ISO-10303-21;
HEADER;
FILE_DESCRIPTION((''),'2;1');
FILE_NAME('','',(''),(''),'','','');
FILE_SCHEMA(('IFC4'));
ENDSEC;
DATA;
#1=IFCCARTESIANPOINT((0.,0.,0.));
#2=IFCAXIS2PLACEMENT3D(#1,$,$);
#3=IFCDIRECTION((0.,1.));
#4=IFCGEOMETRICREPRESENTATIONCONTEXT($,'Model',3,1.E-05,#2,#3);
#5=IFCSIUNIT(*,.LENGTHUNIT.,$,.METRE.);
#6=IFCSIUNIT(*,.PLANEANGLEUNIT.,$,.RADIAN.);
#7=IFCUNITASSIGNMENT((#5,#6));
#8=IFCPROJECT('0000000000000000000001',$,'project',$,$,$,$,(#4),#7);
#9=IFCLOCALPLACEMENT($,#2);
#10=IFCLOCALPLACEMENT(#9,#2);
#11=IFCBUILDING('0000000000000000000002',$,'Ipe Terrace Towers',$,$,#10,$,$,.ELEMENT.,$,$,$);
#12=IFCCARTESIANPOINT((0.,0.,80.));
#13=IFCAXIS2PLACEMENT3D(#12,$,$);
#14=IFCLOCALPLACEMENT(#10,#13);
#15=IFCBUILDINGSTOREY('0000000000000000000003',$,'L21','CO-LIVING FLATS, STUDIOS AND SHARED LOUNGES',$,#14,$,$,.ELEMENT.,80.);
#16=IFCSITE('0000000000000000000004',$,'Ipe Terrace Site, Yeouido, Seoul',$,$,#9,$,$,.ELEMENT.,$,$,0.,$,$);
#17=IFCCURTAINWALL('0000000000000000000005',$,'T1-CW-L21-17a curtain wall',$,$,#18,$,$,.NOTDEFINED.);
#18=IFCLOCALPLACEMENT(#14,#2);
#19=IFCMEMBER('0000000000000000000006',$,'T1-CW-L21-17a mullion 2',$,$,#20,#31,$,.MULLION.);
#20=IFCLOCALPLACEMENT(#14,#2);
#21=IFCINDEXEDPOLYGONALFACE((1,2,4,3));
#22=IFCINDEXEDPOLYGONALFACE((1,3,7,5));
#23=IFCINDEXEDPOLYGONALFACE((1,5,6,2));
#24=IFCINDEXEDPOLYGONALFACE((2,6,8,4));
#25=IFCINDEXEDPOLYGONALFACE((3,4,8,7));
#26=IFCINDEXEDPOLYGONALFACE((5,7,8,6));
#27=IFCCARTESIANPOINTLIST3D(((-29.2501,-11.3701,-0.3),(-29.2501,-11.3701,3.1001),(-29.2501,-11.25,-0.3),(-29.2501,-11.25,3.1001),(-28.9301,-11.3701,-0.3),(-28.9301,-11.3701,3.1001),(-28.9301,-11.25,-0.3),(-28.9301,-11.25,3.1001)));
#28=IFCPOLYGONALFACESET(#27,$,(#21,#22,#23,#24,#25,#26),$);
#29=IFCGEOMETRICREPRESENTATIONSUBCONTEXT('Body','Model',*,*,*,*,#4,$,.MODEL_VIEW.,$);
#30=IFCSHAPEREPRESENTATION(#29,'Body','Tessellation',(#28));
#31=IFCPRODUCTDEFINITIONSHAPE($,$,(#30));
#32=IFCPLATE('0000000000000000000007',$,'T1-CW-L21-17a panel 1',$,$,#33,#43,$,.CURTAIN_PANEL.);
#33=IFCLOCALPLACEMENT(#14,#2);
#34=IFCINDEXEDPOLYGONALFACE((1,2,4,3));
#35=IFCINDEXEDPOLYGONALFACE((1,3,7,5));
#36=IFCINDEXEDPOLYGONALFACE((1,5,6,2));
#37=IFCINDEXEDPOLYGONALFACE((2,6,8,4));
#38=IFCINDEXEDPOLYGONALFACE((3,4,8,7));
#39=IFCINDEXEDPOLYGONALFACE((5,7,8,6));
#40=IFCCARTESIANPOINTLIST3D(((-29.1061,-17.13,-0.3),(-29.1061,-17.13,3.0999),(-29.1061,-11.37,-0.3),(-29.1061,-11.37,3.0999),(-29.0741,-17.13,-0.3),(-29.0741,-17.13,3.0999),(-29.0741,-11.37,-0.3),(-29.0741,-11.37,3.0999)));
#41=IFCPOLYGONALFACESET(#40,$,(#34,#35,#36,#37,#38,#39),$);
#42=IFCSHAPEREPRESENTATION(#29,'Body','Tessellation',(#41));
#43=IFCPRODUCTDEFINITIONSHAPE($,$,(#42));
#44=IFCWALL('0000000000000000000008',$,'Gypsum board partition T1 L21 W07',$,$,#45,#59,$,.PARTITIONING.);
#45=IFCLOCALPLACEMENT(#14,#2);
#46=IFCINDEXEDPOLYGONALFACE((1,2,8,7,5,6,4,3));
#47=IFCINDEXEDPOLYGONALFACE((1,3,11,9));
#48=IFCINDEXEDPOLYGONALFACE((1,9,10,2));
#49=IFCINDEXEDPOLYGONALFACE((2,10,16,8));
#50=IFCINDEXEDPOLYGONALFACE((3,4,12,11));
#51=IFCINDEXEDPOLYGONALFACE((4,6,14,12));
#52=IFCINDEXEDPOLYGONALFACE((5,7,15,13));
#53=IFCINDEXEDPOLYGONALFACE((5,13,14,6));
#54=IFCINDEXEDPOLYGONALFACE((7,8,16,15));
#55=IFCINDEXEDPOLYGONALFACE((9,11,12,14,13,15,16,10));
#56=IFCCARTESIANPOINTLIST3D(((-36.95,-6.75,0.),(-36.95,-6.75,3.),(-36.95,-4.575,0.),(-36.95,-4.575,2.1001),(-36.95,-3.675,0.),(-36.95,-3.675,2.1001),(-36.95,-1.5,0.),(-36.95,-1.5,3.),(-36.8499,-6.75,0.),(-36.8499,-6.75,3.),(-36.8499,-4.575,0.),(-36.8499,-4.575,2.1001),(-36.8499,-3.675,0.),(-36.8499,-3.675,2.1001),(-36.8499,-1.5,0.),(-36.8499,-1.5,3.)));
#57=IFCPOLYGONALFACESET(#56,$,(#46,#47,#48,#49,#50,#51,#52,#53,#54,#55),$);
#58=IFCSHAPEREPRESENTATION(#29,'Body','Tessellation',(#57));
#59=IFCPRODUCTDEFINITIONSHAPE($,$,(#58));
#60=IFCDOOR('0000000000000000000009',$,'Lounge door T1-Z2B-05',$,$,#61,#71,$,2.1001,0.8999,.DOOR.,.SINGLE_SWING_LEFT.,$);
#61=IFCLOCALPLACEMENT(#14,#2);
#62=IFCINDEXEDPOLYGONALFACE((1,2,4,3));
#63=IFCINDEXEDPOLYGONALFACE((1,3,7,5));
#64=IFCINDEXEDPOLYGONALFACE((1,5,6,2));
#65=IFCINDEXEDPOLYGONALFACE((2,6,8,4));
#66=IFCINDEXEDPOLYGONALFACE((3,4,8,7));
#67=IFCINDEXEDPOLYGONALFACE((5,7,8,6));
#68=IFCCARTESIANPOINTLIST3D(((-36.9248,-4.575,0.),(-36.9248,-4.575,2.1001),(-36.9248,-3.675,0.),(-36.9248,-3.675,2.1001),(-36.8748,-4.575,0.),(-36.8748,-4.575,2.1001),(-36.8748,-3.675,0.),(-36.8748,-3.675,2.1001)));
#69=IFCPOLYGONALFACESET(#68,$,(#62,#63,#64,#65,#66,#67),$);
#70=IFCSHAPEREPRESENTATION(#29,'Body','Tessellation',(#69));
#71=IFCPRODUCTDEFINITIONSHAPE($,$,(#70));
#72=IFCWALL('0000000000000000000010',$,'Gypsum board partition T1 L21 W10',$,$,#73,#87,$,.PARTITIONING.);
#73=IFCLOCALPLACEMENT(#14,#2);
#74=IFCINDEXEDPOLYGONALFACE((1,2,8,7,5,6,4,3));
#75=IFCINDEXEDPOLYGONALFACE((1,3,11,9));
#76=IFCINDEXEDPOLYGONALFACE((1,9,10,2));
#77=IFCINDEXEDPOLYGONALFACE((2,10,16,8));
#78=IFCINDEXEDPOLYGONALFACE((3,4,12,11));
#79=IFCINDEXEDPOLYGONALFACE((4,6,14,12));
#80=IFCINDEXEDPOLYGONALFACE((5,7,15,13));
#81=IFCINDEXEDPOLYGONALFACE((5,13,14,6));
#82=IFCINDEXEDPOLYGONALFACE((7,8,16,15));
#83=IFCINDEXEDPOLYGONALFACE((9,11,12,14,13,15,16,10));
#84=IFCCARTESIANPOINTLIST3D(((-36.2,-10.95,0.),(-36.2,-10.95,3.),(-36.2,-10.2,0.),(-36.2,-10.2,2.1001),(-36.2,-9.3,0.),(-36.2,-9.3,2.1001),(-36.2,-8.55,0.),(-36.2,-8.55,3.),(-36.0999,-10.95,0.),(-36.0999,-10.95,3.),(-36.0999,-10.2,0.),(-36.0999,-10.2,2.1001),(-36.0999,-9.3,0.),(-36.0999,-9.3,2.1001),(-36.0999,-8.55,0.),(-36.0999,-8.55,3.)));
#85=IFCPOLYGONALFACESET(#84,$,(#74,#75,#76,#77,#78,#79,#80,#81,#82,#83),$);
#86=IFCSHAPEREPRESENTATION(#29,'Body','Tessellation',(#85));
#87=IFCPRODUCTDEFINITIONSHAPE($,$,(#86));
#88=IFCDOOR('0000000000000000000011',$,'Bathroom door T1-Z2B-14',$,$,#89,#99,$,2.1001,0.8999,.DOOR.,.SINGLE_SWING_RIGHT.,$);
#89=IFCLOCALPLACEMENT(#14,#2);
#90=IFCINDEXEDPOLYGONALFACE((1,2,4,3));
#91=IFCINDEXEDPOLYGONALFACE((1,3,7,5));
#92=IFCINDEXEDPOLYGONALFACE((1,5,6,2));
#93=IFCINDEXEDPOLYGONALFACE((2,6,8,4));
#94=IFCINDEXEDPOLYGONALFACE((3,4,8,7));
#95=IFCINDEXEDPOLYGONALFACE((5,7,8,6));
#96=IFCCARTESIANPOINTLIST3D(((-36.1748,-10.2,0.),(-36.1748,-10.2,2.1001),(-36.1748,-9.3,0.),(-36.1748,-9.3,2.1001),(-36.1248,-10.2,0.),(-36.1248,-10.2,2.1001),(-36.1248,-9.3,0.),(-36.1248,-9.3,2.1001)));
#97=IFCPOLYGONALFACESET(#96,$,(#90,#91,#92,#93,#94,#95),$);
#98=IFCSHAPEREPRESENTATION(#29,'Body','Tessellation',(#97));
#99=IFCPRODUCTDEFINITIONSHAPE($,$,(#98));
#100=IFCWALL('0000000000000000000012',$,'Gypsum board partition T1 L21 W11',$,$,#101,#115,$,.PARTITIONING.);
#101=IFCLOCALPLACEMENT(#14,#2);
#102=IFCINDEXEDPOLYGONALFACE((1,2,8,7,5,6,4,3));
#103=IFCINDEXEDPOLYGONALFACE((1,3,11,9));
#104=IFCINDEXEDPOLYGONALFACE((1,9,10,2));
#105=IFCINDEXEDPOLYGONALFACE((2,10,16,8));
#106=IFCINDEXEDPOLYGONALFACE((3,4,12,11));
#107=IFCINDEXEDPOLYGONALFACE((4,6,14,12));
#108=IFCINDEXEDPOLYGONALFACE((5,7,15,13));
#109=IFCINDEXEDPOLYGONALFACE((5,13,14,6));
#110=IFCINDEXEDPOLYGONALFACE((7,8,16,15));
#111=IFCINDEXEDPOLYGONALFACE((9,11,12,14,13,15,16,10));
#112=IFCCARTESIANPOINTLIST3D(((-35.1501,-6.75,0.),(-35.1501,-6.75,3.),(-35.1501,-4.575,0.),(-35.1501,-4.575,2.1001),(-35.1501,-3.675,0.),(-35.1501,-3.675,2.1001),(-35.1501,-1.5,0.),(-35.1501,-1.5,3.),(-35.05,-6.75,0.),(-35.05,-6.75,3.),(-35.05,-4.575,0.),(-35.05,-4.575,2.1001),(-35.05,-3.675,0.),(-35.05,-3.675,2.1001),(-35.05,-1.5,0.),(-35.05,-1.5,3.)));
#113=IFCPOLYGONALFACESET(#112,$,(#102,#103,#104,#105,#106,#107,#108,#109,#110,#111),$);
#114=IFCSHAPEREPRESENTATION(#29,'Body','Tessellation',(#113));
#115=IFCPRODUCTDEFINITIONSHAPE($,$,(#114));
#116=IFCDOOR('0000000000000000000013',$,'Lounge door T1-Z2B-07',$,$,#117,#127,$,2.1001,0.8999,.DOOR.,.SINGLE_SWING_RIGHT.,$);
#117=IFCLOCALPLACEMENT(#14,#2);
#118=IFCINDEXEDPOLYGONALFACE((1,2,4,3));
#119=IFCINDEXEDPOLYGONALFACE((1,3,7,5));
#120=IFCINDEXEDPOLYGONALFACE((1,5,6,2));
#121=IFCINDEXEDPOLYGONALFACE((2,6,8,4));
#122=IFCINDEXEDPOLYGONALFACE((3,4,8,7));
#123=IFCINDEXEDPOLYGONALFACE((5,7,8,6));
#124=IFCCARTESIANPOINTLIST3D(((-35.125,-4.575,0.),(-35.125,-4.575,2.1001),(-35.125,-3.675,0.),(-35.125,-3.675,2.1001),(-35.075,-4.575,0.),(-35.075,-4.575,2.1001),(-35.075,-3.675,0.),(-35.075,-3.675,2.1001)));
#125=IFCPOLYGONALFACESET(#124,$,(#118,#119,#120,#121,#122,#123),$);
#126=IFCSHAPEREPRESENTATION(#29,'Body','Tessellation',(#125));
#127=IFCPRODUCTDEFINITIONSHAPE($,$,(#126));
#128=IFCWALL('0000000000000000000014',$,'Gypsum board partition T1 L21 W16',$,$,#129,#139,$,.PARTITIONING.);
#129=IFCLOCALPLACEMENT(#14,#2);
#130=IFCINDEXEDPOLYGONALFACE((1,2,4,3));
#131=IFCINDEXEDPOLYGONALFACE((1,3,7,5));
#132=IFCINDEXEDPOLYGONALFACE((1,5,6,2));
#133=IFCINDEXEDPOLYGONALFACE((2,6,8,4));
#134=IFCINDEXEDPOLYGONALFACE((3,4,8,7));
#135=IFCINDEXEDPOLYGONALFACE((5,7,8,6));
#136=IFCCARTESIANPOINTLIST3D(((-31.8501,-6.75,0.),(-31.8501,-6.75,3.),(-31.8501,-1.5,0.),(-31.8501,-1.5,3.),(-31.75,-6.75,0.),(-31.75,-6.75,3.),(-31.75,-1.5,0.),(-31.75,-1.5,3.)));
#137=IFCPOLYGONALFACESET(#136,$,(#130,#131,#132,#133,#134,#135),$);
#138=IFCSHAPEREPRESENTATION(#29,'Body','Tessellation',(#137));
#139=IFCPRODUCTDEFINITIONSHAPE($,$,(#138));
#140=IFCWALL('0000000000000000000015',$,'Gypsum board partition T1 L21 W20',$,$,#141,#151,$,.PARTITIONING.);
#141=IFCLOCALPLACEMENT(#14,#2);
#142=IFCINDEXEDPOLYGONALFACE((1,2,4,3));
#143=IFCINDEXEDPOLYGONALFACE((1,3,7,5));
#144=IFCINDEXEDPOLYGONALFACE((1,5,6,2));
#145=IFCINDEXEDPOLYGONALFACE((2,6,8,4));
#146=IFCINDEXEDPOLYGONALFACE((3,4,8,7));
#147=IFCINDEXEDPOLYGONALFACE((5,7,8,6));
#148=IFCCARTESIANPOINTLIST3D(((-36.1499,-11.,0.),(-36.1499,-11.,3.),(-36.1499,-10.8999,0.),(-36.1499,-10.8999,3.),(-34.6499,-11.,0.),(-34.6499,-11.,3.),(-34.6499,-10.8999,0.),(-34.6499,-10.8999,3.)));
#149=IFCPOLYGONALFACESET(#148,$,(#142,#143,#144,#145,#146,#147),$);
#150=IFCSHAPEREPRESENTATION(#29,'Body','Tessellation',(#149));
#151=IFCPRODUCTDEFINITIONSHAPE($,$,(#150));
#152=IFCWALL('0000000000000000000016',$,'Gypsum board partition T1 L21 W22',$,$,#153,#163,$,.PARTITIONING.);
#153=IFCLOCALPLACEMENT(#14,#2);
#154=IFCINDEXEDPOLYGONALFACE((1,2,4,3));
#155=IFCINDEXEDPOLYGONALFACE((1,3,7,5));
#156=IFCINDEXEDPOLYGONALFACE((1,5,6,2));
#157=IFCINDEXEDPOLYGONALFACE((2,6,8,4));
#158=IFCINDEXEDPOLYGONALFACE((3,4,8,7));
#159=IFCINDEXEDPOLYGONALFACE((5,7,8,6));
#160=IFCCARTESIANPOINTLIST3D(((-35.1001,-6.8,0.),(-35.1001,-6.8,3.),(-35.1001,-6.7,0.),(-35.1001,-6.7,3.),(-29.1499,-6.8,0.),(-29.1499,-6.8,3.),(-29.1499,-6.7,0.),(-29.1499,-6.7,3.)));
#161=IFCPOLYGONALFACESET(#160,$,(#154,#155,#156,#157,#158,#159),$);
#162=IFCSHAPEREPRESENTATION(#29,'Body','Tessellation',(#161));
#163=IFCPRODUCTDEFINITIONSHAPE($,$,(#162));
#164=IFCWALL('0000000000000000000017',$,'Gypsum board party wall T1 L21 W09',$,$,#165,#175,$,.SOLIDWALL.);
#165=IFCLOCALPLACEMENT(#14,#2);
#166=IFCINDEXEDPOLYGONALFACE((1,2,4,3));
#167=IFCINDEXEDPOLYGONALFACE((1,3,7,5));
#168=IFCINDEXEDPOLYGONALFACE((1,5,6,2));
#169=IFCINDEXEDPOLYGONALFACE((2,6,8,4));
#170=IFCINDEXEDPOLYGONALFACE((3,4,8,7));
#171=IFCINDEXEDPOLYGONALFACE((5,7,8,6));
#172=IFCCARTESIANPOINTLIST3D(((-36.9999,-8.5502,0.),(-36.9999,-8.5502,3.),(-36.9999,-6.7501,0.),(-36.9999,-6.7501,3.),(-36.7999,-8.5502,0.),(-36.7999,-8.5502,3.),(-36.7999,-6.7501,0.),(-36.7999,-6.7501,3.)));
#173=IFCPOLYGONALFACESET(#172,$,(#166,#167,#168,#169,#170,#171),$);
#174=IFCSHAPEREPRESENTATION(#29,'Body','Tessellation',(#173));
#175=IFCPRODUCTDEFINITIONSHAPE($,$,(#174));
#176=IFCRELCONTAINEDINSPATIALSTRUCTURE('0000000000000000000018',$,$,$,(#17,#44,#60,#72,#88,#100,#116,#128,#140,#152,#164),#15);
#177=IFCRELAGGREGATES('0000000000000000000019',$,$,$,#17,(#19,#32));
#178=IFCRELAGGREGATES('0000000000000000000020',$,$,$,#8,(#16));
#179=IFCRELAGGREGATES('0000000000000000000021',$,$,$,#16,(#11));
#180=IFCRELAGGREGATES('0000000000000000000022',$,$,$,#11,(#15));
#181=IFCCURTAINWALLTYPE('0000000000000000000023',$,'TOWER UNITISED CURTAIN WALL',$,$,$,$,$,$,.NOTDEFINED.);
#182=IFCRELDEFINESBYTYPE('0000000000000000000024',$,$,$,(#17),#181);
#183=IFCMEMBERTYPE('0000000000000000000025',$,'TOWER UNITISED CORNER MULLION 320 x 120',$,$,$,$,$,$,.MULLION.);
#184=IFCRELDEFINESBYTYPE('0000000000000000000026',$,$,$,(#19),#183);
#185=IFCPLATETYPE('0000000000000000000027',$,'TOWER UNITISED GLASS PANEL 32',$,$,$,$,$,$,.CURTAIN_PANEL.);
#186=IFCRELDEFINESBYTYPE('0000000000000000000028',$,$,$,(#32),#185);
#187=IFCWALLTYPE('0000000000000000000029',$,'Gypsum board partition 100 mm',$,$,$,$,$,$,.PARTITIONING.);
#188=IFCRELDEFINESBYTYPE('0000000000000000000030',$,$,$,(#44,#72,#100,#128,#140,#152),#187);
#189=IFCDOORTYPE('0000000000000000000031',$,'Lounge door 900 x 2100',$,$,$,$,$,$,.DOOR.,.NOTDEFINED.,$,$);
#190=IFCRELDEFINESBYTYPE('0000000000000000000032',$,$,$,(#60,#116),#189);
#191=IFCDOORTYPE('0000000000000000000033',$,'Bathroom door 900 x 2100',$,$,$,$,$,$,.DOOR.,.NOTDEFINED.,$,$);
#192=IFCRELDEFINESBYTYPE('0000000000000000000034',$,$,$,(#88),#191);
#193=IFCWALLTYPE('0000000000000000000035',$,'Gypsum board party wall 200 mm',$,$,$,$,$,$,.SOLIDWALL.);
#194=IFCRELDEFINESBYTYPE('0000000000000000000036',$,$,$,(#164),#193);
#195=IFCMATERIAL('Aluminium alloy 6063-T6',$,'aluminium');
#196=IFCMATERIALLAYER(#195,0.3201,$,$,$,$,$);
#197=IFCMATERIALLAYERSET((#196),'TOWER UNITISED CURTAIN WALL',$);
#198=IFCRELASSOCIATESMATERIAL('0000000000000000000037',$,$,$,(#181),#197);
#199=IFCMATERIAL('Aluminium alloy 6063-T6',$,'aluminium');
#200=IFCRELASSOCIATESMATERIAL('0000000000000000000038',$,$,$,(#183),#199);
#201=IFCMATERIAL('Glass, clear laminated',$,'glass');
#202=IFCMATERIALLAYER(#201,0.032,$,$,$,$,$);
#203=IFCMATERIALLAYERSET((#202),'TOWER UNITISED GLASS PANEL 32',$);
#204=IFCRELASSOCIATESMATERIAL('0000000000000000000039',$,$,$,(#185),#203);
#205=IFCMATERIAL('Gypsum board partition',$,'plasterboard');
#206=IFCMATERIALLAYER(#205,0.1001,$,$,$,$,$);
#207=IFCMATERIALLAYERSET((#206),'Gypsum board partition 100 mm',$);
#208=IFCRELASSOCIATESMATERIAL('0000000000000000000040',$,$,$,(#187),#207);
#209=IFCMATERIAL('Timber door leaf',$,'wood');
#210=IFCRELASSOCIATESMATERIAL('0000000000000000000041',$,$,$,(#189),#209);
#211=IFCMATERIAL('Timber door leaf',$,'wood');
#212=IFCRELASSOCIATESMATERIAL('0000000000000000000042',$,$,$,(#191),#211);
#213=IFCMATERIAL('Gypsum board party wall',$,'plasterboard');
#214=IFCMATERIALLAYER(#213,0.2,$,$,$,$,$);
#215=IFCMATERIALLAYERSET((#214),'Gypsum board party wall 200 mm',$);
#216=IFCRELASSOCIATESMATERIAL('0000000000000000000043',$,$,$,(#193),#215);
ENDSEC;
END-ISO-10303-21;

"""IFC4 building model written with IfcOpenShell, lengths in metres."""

from ifc_helpers import new_model, si_unit, direction, frame, frame_2d, origin, origin_2d, place, context, subcontext, project, spatial, rectangle, extrude, material, layer, layer_set, material_profile, profile_set, type_object, element, fill, aggregate, save


model = new_model("IFC4")

# Units and contexts
model_context = context("Model", 3, precision=1e-05, world=origin(), true_north=direction((0.0, 1.0)))
body_context = subcontext(model_context, "Body", "Model", "MODEL_VIEW")
ifc_project = project(units=[si_unit("LENGTHUNIT", "METRE"), si_unit("PLANEANGLEUNIT", "RADIAN")], contexts=[model_context])

# Site, building, storey
site_placement = place(None, origin())
site = spatial("IfcSite", under=ifc_project, at=site_placement, Name="Ipe Terrace Site, Yeouido, Seoul", CompositionType="ELEMENT", RefElevation=0.0)
building_placement = place(site_placement, origin())
building = spatial("IfcBuilding", under=site, at=building_placement, Name="Ipe Terrace Towers", CompositionType="ELEMENT")
storey_placement = place(building_placement, frame((0.0, 0.0, 80.0)))
storey = spatial("IfcBuildingStorey", under=building, at=storey_placement, Name="L21", Description="CO-LIVING FLATS, STUDIOS AND SHARED LOUNGES", CompositionType="ELEMENT", Elevation=80.0)

# Curtain wall, member, plate
ifc_material_1 = material(Name="Aluminium alloy 6063-T6", Category="aluminium")
ifc_layer_1 = layer(ifc_material_1, 0.3201)
ifc_layer_set_1 = layer_set([ifc_layer_1], Name="TOWER UNITISED CURTAIN WALL")
curtain_wall_type = type_object("IfcCurtainWallType", Name="TOWER UNITISED CURTAIN WALL", PredefinedType="NOTDEFINED", material=ifc_layer_set_1)
curtain_wall_placement = place(storey_placement, origin())
curtain_wall = element("IfcCurtainWall", 1, at=curtain_wall_placement, inside=storey, type_object=curtain_wall_type, Name="T1-CW-L21-17a curtain wall", PredefinedType="NOTDEFINED")
ifc_material_2 = material(Name="Aluminium alloy 6063-T6", Category="aluminium")
ifc_material_profile_1 = material_profile(ifc_material_2, rectangle(XDim=0.3201, YDim=0.1201, at=origin_2d()), Name="TOWER UNITISED CORNER MULLION 320 x 120")
ifc_profile_set_1 = profile_set([ifc_material_profile_1], Name="Aluminium alloy 6063-T6")
member_type = type_object("IfcMemberType", Name="TOWER UNITISED CORNER MULLION 320 x 120", PredefinedType="MULLION", material=ifc_profile_set_1)
member_placement = place(storey_placement, frame((-29.0901, -11.3101, -0.3), z_axis=(0.0, 0.0, 1.0), x_axis=(1.0, 0.0, 0.0)))
member = element("IfcMember", 2, at=member_placement, type_object=member_type, Name="T1-CW-L21-17a mullion 2", PredefinedType="MULLION", context=body_context, shape_type="SweptSolid", body=[
    extrude(rectangle(XDim=0.3201, YDim=0.1201, at=origin_2d()), origin(), (0.0, 0.0, 1.0), 3.4001),
])
ifc_material_3 = material(Name="Glass, clear laminated", Category="glass")
ifc_layer_2 = layer(ifc_material_3, 0.032)
ifc_layer_set_2 = layer_set([ifc_layer_2], Name="TOWER UNITISED GLASS PANEL 32")
plate_type = type_object("IfcPlateType", Name="TOWER UNITISED GLASS PANEL 32", PredefinedType="CURTAIN_PANEL", material=ifc_layer_set_2)
plate_placement = place(storey_placement, frame((-29.0901, -14.25, -0.3), z_axis=(0.0, 0.0, 1.0), x_axis=(0.0, 1.0, 0.0)))
plate = element("IfcPlate", 3, at=plate_placement, type_object=plate_type, Name="T1-CW-L21-17a panel 1", PredefinedType="CURTAIN_PANEL", context=body_context, shape_type="SweptSolid", body=[
    extrude(rectangle(XDim=5.76, YDim=0.032, at=origin_2d()), origin(), (0.0, 0.0, 1.0), 3.3999),
])
aggregate(curtain_wall, [member, plate])

# Walls, openings, doors
ifc_material_4 = material(Name="Gypsum board partition", Category="plasterboard")
ifc_layer_3 = layer(ifc_material_4, 0.1001)
ifc_layer_set_3 = layer_set([ifc_layer_3], Name="Gypsum board partition 100 mm")
wall_type_1 = type_object("IfcWallType", Name="Gypsum board partition 100 mm", PredefinedType="PARTITIONING", material=ifc_layer_set_3)
wall_1_placement = place(storey_placement, frame((-36.8999, -6.75, 0.0), z_axis=(0.0, 0.0, 1.0), x_axis=(0.0, 1.0, 0.0)))
wall_1 = element("IfcWall", 4, at=wall_1_placement, inside=storey, type_object=wall_type_1, Name="Gypsum board partition T1 L21 W07", PredefinedType="PARTITIONING", context=body_context, shape_type="SweptSolid", body=[
    extrude(rectangle(XDim=5.25, YDim=0.1001, at=frame_2d((2.625, 0.0))), origin(), (0.0, 0.0, 1.0), 3.0),
])
opening_1_placement = place(wall_1_placement, frame((2.175, 0.0, 0.0)))
opening_1 = element("IfcOpeningElement", 5, at=opening_1_placement, cuts=wall_1, PredefinedType="OPENING", context=body_context, shape_type="SweptSolid", body=[
    extrude(rectangle(XDim=0.8999, YDim=2.1001, at=frame_2d((0.45, 1.05))), frame((0.0, 0.0601, 0.0), z_axis=(0.0, -1.0, 0.0), x_axis=(1.0, 0.0, 0.0)), (0.0, 0.0, 1.0), 0.1201),
])
ifc_material_5 = material(Name="Timber door leaf", Category="wood")
door_type_1 = type_object("IfcDoorType", Name="Lounge door 900 x 2100", OperationType="NOTDEFINED", PredefinedType="DOOR", material=ifc_material_5)
door_1_placement = place(opening_1_placement, origin())
door_1 = element("IfcDoor", 6, at=door_1_placement, inside=storey, type_object=door_type_1, Name="Lounge door T1-Z2B-05", OperationType="SINGLE_SWING_LEFT", OverallHeight=2.1001, OverallWidth=0.8999, PredefinedType="DOOR", context=body_context, shape_type="SweptSolid", body=[
    extrude(rectangle(XDim=0.8999, YDim=2.1001, at=frame_2d((0.45, 1.05))), frame((0.0, 0.0249, 0.0), z_axis=(0.0, -1.0, 0.0), x_axis=(1.0, 0.0, 0.0)), (0.0, 0.0, 1.0), 0.05),
])
fill(opening_1, door_1)
wall_2_placement = place(storey_placement, frame((-36.1499, -10.95, 0.0), z_axis=(0.0, 0.0, 1.0), x_axis=(0.0, 1.0, 0.0)))
wall_2 = element("IfcWall", 7, at=wall_2_placement, inside=storey, type_object=wall_type_1, Name="Gypsum board partition T1 L21 W10", PredefinedType="PARTITIONING", context=body_context, shape_type="SweptSolid", body=[
    extrude(rectangle(XDim=2.3999, YDim=0.1001, at=frame_2d((1.2, 0.0))), origin(), (0.0, 0.0, 1.0), 3.0),
])
opening_2_placement = place(wall_2_placement, frame((0.75, 0.0, 0.0)))
opening_2 = element("IfcOpeningElement", 8, at=opening_2_placement, cuts=wall_2, PredefinedType="OPENING", context=body_context, shape_type="SweptSolid", body=[
    extrude(rectangle(XDim=0.8999, YDim=2.1001, at=frame_2d((0.45, 1.05))), frame((0.0, 0.0601, 0.0), z_axis=(0.0, -1.0, 0.0), x_axis=(1.0, 0.0, 0.0)), (0.0, 0.0, 1.0), 0.1201),
])
ifc_material_6 = material(Name="Timber door leaf", Category="wood")
door_type_2 = type_object("IfcDoorType", Name="Bathroom door 900 x 2100", OperationType="NOTDEFINED", PredefinedType="DOOR", material=ifc_material_6)
door_2_placement = place(opening_2_placement, origin())
door_2 = element("IfcDoor", 9, at=door_2_placement, inside=storey, type_object=door_type_2, Name="Bathroom door T1-Z2B-14", OperationType="SINGLE_SWING_RIGHT", OverallHeight=2.1001, OverallWidth=0.8999, PredefinedType="DOOR", context=body_context, shape_type="SweptSolid", body=[
    extrude(rectangle(XDim=0.8999, YDim=2.1001, at=frame_2d((0.45, 1.05))), frame((0.0, 0.0249, 0.0), z_axis=(0.0, -1.0, 0.0), x_axis=(1.0, 0.0, 0.0)), (0.0, 0.0, 1.0), 0.05),
])
fill(opening_2, door_2)
wall_3_placement = place(storey_placement, frame((-35.1001, -6.75, 0.0), z_axis=(0.0, 0.0, 1.0), x_axis=(0.0, 1.0, 0.0)))
wall_3 = element("IfcWall", 10, at=wall_3_placement, inside=storey, type_object=wall_type_1, Name="Gypsum board partition T1 L21 W11", PredefinedType="PARTITIONING", context=body_context, shape_type="SweptSolid", body=[
    extrude(rectangle(XDim=5.25, YDim=0.1001, at=frame_2d((2.625, 0.0))), origin(), (0.0, 0.0, 1.0), 3.0),
])
opening_3_placement = place(wall_3_placement, frame((2.175, 0.0, 0.0)))
opening_3 = element("IfcOpeningElement", 11, at=opening_3_placement, cuts=wall_3, PredefinedType="OPENING", context=body_context, shape_type="SweptSolid", body=[
    extrude(rectangle(XDim=0.8999, YDim=2.1001, at=frame_2d((0.45, 1.05))), frame((0.0, 0.0601, 0.0), z_axis=(0.0, -1.0, 0.0), x_axis=(1.0, 0.0, 0.0)), (0.0, 0.0, 1.0), 0.1201),
])
door_3_placement = place(opening_3_placement, origin())
door_3 = element("IfcDoor", 12, at=door_3_placement, inside=storey, type_object=door_type_1, Name="Lounge door T1-Z2B-07", OperationType="SINGLE_SWING_RIGHT", OverallHeight=2.1001, OverallWidth=0.8999, PredefinedType="DOOR", context=body_context, shape_type="SweptSolid", body=[
    extrude(rectangle(XDim=0.8999, YDim=2.1001, at=frame_2d((0.45, 1.05))), frame((0.0, 0.0249, 0.0), z_axis=(0.0, -1.0, 0.0), x_axis=(1.0, 0.0, 0.0)), (0.0, 0.0, 1.0), 0.05),
])
fill(opening_3, door_3)

# Walls
wall_4_placement = place(storey_placement, frame((-31.8, -6.75, 0.0), z_axis=(0.0, 0.0, 1.0), x_axis=(0.0, 1.0, 0.0)))
element("IfcWall", 13, at=wall_4_placement, inside=storey, type_object=wall_type_1, Name="Gypsum board partition T1 L21 W16", PredefinedType="PARTITIONING", context=body_context, shape_type="SweptSolid", body=[
    extrude(rectangle(XDim=5.25, YDim=0.1001, at=frame_2d((2.625, 0.0))), origin(), (0.0, 0.0, 1.0), 3.0),
])
wall_5_placement = place(storey_placement, frame((-36.1499, -10.95, 0.0), z_axis=(0.0, 0.0, 1.0), x_axis=(1.0, 0.0, 0.0)))
element("IfcWall", 14, at=wall_5_placement, inside=storey, type_object=wall_type_1, Name="Gypsum board partition T1 L21 W20", PredefinedType="PARTITIONING", context=body_context, shape_type="SweptSolid", body=[
    extrude(rectangle(XDim=1.5, YDim=0.1001, at=frame_2d((0.75, 0.0))), origin(), (0.0, 0.0, 1.0), 3.0),
])
wall_6_placement = place(storey_placement, frame((-35.1001, -6.75, 0.0), z_axis=(0.0, 0.0, 1.0), x_axis=(1.0, 0.0, 0.0)))
element("IfcWall", 15, at=wall_6_placement, inside=storey, type_object=wall_type_1, Name="Gypsum board partition T1 L21 W22", PredefinedType="PARTITIONING", context=body_context, shape_type="SweptSolid", body=[
    extrude(rectangle(XDim=5.9502, YDim=0.1001, at=frame_2d((2.9751, 0.0))), origin(), (0.0, 0.0, 1.0), 3.0),
])
ifc_material_7 = material(Name="Gypsum board party wall", Category="plasterboard")
ifc_layer_4 = layer(ifc_material_7, 0.2)
ifc_layer_set_4 = layer_set([ifc_layer_4], Name="Gypsum board party wall 200 mm")
wall_type_2 = type_object("IfcWallType", Name="Gypsum board party wall 200 mm", PredefinedType="SOLIDWALL", material=ifc_layer_set_4)
wall_7_placement = place(storey_placement, frame((-36.8999, -8.55, 0.0), z_axis=(0.0, 0.0, 1.0), x_axis=(0.0, 1.0, 0.0)))
element("IfcWall", 16, at=wall_7_placement, inside=storey, type_object=wall_type_2, Name="Gypsum board party wall T1 L21 W09", PredefinedType="SOLIDWALL", context=body_context, shape_type="SweptSolid", body=[
    extrude(rectangle(XDim=1.8, YDim=0.2, at=frame_2d((0.8999, 0.0))), origin(), (0.0, 0.0, 1.0), 3.0),
])

save(model, "model.ifc")
